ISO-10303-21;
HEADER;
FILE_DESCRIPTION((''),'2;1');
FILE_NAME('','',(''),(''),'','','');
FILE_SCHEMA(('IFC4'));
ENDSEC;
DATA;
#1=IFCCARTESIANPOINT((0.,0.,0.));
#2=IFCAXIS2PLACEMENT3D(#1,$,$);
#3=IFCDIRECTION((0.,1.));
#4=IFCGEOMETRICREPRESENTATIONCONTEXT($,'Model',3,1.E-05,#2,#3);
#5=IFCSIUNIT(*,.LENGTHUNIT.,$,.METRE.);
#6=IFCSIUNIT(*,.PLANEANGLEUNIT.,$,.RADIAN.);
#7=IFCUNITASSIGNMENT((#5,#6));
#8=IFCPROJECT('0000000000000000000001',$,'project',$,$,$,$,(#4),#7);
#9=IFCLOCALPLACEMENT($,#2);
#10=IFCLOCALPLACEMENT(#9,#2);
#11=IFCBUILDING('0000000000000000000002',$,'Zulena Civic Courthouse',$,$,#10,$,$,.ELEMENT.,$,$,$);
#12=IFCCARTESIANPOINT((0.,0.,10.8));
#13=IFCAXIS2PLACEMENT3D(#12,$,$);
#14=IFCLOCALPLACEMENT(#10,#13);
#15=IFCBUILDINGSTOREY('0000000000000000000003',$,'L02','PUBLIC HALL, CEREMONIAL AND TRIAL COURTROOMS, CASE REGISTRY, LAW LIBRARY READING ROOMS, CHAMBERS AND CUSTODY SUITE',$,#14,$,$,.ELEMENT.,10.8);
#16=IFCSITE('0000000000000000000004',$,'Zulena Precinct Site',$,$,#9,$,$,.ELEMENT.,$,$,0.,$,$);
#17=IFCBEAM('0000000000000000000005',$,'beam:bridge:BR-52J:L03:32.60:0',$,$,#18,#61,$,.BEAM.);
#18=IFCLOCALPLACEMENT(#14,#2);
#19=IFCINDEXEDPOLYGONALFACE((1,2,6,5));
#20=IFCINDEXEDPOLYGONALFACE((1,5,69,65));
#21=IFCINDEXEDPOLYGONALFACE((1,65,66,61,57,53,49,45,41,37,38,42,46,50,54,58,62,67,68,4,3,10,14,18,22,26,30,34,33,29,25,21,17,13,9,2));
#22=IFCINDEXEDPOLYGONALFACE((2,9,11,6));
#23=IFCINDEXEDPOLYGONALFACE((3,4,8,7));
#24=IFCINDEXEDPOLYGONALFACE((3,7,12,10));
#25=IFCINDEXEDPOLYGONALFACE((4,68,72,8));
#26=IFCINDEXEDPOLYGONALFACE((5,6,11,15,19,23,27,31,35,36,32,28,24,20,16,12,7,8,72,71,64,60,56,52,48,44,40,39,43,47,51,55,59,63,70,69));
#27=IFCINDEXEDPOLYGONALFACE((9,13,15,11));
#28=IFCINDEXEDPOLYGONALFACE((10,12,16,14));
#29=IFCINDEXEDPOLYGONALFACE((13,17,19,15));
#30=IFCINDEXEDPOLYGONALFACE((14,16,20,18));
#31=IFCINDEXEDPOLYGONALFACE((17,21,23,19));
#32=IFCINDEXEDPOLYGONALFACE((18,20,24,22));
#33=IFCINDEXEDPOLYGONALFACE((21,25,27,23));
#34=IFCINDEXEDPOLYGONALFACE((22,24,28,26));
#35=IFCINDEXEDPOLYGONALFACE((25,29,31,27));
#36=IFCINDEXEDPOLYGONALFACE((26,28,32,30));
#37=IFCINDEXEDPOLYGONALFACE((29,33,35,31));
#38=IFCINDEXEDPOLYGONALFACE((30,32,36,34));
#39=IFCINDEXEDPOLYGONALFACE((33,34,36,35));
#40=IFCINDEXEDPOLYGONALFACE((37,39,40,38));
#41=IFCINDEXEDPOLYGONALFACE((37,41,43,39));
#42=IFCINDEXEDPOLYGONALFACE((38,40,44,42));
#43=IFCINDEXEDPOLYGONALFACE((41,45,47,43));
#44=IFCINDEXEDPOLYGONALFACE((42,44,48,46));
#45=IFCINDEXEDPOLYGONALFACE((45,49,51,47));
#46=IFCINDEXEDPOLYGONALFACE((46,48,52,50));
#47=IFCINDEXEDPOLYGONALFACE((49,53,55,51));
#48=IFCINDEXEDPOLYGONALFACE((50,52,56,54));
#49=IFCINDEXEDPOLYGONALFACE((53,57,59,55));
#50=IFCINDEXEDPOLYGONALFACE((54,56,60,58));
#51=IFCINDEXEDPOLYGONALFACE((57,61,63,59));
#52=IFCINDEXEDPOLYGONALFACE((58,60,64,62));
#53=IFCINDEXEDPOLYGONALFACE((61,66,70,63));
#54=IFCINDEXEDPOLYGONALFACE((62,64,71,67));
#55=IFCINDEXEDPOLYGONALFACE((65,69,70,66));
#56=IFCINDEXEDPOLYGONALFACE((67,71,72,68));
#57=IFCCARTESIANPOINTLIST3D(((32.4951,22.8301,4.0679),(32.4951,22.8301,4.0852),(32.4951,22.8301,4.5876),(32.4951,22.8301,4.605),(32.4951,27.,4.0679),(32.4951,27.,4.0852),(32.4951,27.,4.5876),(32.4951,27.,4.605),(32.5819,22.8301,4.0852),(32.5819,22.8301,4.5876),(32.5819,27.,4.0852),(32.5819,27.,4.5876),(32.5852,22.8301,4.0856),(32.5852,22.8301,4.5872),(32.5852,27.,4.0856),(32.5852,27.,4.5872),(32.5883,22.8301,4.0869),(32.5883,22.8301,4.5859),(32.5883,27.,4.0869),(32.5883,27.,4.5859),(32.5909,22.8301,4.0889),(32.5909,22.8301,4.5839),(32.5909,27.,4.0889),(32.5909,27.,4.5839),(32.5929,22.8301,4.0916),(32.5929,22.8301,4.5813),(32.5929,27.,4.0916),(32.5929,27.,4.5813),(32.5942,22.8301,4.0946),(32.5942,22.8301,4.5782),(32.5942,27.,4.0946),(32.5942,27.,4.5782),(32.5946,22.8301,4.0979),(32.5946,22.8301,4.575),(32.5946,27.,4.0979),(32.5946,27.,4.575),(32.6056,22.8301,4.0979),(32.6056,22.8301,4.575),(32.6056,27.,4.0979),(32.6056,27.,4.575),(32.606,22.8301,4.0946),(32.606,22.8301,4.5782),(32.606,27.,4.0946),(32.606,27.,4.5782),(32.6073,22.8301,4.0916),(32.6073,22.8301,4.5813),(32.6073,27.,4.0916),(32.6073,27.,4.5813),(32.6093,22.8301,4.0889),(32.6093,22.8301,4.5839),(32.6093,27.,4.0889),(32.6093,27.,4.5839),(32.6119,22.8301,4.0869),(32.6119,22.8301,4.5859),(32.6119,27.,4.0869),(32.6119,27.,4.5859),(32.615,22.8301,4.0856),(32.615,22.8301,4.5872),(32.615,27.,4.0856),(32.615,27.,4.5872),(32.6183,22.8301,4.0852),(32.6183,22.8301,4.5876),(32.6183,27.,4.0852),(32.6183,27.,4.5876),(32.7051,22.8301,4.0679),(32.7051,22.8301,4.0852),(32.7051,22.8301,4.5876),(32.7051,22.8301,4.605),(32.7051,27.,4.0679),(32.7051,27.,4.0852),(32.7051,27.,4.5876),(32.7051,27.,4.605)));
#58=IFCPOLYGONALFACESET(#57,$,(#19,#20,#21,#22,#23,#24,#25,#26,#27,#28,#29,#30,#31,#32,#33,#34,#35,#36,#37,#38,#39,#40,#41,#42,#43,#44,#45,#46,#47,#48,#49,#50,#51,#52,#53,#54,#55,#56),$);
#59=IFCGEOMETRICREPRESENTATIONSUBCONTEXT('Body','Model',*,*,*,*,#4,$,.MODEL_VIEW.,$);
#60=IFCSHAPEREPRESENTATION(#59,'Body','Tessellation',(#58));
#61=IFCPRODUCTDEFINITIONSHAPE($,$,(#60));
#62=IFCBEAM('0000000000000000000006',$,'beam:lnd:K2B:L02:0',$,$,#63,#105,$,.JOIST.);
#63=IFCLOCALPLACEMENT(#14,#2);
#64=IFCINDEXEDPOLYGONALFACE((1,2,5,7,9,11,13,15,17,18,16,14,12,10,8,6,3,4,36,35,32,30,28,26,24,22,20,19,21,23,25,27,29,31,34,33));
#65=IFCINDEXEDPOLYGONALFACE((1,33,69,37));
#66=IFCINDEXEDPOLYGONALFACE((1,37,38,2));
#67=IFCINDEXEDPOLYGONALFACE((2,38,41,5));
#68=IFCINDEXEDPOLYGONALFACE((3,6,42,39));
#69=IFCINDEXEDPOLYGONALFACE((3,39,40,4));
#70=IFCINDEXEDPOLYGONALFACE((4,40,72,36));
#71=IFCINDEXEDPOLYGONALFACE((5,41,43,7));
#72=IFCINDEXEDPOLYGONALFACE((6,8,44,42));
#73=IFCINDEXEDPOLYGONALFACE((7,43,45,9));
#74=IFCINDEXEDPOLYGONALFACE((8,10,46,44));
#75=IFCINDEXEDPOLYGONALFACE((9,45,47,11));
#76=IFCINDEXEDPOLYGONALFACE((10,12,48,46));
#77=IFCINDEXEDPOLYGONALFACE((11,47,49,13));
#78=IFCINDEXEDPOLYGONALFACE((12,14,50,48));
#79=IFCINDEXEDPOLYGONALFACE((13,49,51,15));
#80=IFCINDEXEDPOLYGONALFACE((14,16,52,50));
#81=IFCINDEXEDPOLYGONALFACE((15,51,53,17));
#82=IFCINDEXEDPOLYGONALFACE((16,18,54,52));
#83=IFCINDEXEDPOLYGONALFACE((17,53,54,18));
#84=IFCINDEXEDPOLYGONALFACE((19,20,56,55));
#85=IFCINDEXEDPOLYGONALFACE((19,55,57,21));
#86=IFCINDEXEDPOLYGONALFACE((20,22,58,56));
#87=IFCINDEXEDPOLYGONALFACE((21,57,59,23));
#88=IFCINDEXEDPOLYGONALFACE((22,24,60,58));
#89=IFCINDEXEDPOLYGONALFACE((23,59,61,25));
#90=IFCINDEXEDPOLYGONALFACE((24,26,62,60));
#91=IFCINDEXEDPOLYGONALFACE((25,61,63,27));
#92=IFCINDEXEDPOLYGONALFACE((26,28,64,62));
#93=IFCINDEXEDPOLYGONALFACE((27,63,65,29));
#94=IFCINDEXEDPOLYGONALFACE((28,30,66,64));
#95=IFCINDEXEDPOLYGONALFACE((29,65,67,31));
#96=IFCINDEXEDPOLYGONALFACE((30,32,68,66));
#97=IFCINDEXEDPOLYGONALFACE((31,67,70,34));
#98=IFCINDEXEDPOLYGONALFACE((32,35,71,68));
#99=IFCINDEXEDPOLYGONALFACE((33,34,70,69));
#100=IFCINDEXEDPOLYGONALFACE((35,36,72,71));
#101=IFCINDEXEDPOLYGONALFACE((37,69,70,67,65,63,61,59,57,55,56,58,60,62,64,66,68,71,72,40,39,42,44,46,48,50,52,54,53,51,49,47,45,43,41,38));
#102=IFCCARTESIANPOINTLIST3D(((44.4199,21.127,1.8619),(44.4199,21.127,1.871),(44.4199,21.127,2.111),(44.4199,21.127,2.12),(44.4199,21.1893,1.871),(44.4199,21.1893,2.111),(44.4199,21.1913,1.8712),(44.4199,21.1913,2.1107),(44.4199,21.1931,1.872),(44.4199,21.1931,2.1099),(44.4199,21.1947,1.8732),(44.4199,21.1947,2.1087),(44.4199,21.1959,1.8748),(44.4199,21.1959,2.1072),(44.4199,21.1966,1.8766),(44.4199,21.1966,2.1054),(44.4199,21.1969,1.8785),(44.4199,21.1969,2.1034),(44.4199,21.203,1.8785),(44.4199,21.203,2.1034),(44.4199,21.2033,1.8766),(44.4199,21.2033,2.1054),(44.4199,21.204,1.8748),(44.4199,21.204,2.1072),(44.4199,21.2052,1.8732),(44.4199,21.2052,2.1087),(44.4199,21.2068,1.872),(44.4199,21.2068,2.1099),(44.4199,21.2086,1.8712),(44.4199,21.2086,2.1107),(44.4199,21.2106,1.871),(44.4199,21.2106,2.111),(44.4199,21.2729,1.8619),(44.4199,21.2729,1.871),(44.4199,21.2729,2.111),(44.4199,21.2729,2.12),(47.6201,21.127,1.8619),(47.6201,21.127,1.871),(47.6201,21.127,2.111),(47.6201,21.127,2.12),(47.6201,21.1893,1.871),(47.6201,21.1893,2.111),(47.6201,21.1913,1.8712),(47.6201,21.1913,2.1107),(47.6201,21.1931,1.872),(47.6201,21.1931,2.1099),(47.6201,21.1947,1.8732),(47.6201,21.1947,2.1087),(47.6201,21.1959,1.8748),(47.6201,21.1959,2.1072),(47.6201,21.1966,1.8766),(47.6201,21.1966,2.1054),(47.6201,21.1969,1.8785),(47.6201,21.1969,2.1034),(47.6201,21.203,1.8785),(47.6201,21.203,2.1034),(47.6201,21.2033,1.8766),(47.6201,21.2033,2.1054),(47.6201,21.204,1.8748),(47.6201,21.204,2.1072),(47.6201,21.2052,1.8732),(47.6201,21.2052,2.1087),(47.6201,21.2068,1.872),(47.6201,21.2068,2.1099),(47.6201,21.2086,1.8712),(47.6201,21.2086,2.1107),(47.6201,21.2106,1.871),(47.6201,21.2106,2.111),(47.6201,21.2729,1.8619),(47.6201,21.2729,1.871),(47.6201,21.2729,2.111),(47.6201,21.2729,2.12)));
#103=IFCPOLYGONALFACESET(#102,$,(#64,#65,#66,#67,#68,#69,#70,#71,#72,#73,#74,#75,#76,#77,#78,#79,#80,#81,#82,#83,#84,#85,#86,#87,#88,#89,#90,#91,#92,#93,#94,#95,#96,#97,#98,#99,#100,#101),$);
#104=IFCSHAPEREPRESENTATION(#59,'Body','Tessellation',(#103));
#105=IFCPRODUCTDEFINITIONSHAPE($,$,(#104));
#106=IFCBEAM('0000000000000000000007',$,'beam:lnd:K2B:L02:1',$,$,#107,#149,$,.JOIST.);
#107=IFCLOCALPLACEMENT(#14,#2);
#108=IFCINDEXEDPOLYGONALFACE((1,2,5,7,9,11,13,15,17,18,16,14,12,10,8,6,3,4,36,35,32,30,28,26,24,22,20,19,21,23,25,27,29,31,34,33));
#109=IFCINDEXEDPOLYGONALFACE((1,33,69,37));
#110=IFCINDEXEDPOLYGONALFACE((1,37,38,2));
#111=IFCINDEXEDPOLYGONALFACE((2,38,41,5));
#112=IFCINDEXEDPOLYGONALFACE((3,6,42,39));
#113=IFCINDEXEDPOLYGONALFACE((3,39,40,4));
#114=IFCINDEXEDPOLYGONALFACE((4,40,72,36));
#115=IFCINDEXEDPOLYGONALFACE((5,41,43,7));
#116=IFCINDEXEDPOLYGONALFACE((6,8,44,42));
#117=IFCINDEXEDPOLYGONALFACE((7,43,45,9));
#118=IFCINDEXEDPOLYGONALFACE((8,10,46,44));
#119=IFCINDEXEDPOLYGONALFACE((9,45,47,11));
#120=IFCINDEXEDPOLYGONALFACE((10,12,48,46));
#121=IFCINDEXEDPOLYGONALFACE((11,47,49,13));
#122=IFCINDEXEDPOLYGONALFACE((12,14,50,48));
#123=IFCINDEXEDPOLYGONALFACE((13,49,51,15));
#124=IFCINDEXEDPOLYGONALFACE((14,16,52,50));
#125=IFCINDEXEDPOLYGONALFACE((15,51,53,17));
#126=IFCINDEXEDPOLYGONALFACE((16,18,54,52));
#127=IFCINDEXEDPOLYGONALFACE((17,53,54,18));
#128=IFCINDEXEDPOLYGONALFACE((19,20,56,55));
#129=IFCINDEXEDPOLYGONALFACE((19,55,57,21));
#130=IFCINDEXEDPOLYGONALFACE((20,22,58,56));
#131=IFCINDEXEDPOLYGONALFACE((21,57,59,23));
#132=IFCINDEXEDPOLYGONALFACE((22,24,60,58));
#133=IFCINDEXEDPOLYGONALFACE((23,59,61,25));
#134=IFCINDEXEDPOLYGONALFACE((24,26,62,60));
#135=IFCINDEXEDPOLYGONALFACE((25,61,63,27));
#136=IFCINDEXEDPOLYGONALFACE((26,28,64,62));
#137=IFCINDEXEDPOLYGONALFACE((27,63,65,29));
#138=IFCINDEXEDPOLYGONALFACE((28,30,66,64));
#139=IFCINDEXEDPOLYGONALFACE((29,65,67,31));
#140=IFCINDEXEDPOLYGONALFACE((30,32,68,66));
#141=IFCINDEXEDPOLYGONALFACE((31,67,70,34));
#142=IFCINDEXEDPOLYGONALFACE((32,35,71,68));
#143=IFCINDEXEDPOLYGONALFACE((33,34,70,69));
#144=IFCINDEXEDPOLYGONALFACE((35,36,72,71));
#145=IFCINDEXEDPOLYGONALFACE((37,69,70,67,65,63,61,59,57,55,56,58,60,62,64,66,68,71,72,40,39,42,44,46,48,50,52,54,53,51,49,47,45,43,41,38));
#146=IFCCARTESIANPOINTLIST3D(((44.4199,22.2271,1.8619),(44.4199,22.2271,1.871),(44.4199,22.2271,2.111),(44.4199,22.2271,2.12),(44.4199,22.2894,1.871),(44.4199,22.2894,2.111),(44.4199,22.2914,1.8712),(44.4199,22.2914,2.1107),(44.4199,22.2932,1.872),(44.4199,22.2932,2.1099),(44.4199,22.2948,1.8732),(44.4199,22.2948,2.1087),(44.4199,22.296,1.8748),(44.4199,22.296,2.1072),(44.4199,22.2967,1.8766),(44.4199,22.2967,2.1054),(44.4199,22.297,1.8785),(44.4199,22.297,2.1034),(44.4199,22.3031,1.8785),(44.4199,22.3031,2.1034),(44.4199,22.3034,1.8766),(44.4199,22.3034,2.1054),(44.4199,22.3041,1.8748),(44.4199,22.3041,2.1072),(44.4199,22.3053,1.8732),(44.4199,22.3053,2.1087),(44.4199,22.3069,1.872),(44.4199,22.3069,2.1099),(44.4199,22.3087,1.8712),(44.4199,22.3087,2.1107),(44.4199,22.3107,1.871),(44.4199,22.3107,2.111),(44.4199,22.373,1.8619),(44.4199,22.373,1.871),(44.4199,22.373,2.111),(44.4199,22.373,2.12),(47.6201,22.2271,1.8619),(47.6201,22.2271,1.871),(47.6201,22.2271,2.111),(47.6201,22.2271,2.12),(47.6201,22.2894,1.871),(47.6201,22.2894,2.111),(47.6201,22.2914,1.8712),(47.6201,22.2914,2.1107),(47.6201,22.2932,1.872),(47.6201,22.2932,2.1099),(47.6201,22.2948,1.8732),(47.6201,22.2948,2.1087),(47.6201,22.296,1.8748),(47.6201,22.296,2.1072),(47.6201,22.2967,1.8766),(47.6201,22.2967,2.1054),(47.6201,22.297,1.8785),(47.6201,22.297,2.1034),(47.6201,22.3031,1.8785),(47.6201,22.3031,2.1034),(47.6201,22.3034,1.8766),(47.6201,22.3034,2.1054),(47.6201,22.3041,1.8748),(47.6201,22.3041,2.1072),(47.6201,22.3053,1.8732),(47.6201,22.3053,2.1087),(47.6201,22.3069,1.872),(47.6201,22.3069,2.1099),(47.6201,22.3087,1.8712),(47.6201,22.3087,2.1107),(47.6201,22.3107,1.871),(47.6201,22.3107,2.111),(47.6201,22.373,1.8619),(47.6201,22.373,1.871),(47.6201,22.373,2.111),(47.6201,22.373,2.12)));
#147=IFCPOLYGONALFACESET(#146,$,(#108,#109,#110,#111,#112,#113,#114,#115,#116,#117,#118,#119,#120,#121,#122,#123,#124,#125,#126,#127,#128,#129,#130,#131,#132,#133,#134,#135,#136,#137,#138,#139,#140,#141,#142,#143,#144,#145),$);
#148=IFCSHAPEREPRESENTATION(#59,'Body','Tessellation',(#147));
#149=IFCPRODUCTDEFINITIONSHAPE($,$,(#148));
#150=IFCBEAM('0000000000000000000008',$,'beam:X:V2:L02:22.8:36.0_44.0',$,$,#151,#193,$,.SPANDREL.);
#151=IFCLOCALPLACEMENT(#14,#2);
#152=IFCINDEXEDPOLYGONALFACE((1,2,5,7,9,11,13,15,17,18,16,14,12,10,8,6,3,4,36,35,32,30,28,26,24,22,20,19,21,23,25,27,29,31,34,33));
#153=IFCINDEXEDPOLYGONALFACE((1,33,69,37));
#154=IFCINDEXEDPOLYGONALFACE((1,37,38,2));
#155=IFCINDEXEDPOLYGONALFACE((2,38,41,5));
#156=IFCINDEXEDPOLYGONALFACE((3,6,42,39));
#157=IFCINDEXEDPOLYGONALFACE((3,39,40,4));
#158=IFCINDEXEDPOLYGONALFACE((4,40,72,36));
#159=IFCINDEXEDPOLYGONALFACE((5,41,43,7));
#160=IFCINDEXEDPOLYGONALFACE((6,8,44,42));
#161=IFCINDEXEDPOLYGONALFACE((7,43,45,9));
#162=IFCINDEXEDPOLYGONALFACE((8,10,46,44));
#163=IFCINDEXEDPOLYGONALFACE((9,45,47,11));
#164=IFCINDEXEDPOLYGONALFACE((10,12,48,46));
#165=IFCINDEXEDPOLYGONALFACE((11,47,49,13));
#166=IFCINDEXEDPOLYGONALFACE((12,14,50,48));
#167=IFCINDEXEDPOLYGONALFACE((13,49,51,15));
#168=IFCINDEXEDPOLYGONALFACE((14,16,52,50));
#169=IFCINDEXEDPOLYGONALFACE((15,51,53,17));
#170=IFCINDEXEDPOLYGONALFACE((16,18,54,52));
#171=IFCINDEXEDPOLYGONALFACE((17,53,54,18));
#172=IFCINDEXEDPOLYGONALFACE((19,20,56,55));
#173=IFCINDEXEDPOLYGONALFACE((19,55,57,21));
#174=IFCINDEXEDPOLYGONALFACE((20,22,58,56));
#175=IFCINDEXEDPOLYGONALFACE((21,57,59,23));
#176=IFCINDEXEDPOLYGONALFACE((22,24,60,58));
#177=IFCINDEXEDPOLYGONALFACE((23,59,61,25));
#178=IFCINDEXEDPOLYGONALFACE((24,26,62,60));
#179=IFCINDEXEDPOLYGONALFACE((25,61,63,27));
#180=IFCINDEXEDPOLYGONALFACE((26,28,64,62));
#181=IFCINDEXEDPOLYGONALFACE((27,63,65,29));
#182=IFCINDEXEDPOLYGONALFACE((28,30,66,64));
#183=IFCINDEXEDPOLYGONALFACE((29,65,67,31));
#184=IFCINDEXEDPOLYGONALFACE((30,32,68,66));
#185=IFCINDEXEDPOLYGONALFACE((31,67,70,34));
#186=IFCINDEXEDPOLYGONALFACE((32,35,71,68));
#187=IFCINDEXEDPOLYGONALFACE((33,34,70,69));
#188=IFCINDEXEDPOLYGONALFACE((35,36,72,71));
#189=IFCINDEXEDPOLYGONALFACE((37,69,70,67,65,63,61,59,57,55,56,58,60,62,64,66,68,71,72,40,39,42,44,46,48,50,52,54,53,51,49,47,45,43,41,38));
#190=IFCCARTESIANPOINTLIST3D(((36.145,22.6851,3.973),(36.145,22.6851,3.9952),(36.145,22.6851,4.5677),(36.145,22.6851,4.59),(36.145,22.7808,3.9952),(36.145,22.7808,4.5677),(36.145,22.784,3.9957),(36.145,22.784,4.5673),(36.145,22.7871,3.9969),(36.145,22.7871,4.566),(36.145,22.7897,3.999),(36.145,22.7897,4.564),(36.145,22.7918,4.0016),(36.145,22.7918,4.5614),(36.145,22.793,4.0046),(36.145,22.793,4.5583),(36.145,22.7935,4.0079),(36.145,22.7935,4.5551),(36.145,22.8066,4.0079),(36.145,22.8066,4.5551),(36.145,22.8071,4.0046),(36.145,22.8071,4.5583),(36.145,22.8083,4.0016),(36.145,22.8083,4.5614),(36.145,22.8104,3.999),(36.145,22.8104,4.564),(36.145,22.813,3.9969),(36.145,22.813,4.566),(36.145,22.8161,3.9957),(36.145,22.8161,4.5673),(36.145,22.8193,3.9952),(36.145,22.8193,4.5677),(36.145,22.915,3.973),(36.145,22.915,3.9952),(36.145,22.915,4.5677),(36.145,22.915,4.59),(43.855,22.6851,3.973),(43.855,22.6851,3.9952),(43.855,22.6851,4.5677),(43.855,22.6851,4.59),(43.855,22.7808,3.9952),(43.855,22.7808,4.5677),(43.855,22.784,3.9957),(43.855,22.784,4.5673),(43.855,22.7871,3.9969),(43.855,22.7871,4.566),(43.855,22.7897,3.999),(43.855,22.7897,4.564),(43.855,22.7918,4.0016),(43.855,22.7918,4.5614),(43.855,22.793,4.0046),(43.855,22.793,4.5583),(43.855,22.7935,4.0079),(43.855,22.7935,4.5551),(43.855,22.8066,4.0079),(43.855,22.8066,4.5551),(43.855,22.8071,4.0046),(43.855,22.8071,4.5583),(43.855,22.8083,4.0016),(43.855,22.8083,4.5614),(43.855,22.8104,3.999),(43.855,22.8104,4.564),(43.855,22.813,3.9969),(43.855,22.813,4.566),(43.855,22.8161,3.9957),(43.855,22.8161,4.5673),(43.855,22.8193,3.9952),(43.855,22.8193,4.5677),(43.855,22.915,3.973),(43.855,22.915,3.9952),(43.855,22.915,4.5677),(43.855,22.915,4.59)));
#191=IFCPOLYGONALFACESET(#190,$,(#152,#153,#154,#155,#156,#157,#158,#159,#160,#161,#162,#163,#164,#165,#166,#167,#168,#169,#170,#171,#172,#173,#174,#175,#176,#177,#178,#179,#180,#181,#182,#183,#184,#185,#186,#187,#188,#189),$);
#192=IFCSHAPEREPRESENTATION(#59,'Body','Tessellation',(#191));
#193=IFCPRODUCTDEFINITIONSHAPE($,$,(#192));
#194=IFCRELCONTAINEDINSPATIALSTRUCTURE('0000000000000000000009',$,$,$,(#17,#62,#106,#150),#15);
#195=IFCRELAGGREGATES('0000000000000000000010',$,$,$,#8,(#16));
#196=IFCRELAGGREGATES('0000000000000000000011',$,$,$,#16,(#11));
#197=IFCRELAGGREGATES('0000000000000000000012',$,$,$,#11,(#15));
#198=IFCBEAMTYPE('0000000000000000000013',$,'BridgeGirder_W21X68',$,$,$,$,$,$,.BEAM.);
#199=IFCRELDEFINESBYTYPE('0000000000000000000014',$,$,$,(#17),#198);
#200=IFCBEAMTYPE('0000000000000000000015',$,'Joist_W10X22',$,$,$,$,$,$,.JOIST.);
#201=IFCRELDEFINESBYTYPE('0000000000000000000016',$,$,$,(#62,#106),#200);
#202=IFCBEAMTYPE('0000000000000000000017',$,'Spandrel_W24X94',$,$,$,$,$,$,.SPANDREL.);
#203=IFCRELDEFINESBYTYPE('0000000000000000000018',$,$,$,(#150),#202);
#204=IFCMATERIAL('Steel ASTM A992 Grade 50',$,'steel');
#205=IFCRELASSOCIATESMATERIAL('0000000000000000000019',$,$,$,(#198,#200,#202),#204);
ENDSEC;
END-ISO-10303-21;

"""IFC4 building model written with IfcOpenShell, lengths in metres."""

from ifc_helpers import new_model, si_unit, direction, frame, origin, origin_2d, place, context, subcontext, project, spatial, i_section, extrude, material, material_profile, profile_set, type_object, element, save


model = new_model("IFC4")

# Units and contexts
model_context = context("Model", 3, precision=1e-05, world=origin(), true_north=direction((0.0, 1.0)))
body_context = subcontext(model_context, "Body", "Model", "MODEL_VIEW")
ifc_project = project(units=[si_unit("LENGTHUNIT", "METRE"), si_unit("PLANEANGLEUNIT", "RADIAN")], contexts=[model_context])

# Site, building, storey
site_placement = place(None, origin())
site = spatial("IfcSite", under=ifc_project, at=site_placement, Name="Zulena Precinct Site", CompositionType="ELEMENT", RefElevation=0.0)
building_placement = place(site_placement, origin())
building = spatial("IfcBuilding", under=site, at=building_placement, Name="Zulena Civic Courthouse", CompositionType="ELEMENT")
storey_placement = place(building_placement, frame((0.0, 0.0, 10.8)))
storey = spatial("IfcBuildingStorey", under=building, at=storey_placement, Name="L02", Description="PUBLIC HALL, CEREMONIAL AND TRIAL COURTROOMS, CASE REGISTRY, LAW LIBRARY READING ROOMS, CHAMBERS AND CUSTODY SUITE", CompositionType="ELEMENT", Elevation=10.8)

# Shared definitions
ifc_material_1 = material(Name="Steel ASTM A992 Grade 50", Category="steel")

# Beams
ifc_material_profile_1 = material_profile(ifc_material_1, i_section(OverallWidth=0.21, OverallDepth=0.5371, WebThickness=0.011, FlangeThickness=0.0173, FilletRadius=0.0127, at=origin_2d()), Name="W21X68")
ifc_profile_set_1 = profile_set([ifc_material_profile_1], Name="Steel ASTM A992 Grade 50")
beam_type_1 = type_object("IfcBeamType", Name="BridgeGirder_W21X68", PredefinedType="BEAM", material=ifc_profile_set_1)
beam_1_placement = place(storey_placement, frame((32.6001, 22.8301, 4.3364), z_axis=(0.0, 1.0, 0.0), x_axis=(-1.0, 0.0, 0.0)))
element("IfcBeam", 1, at=beam_1_placement, inside=storey, type_object=beam_type_1, Name="beam:bridge:BR-52J:L03:32.60:0", PredefinedType="BEAM", context=body_context, shape_type="SweptSolid", body=[
    extrude(i_section(OverallWidth=0.21, OverallDepth=0.5371, WebThickness=0.011, FlangeThickness=0.0173, FilletRadius=0.0127, at=origin_2d()), origin(), (0.0, 0.0, 1.0), 4.1699),
])
ifc_material_profile_2 = material_profile(ifc_material_1, i_section(OverallWidth=0.146, OverallDepth=0.2581, WebThickness=0.0061, FlangeThickness=0.009, FilletRadius=0.0076, at=origin_2d()), Name="W10X22")
ifc_profile_set_2 = profile_set([ifc_material_profile_2], Name="Steel ASTM A992 Grade 50")
beam_type_2 = type_object("IfcBeamType", Name="Joist_W10X22", PredefinedType="JOIST", material=ifc_profile_set_2)
for number, where, z_axis, x_axis, name in (
    (2, (44.4199, 21.2, 1.991), (1.0, 0.0, 0.0), (0.0, 1.0, 0.0), "beam:lnd:K2B:L02:0"),
    (3, (44.4199, 22.3, 1.991), (1.0, 0.0, 0.0), (0.0, 1.0, 0.0), "beam:lnd:K2B:L02:1"),
):
    element("IfcBeam", number, at=place(storey_placement, frame(where, z_axis=z_axis, x_axis=x_axis)), inside=storey, type_object=beam_type_2, Name=name, PredefinedType="JOIST", context=body_context, shape_type="SweptSolid", body=[
        extrude(i_section(OverallWidth=0.146, OverallDepth=0.2581, WebThickness=0.0061, FlangeThickness=0.009, FilletRadius=0.0076, at=origin_2d()), origin(), (0.0, 0.0, 1.0), 3.2002),
    ])
ifc_material_profile_3 = material_profile(ifc_material_1, i_section(OverallWidth=0.23, OverallDepth=0.6169, WebThickness=0.0132, FlangeThickness=0.0222, FilletRadius=0.0127, at=origin_2d()), Name="W24X94")
ifc_profile_set_3 = profile_set([ifc_material_profile_3], Name="Steel ASTM A992 Grade 50")
beam_type_3 = type_object("IfcBeamType", Name="Spandrel_W24X94", PredefinedType="SPANDREL", material=ifc_profile_set_3)
beam_2_placement = place(storey_placement, frame((36.145, 22.8, 4.2815), z_axis=(1.0, 0.0, 0.0), x_axis=(0.0, 1.0, 0.0)))
element("IfcBeam", 4, at=beam_2_placement, inside=storey, type_object=beam_type_3, Name="beam:X:V2:L02:22.8:36.0_44.0", PredefinedType="SPANDREL", context=body_context, shape_type="SweptSolid", body=[
    extrude(i_section(OverallWidth=0.23, OverallDepth=0.6169, WebThickness=0.0132, FlangeThickness=0.0222, FilletRadius=0.0127, at=origin_2d()), origin(), (0.0, 0.0, 1.0), 7.71),
])

save(model, "model.ifc")
